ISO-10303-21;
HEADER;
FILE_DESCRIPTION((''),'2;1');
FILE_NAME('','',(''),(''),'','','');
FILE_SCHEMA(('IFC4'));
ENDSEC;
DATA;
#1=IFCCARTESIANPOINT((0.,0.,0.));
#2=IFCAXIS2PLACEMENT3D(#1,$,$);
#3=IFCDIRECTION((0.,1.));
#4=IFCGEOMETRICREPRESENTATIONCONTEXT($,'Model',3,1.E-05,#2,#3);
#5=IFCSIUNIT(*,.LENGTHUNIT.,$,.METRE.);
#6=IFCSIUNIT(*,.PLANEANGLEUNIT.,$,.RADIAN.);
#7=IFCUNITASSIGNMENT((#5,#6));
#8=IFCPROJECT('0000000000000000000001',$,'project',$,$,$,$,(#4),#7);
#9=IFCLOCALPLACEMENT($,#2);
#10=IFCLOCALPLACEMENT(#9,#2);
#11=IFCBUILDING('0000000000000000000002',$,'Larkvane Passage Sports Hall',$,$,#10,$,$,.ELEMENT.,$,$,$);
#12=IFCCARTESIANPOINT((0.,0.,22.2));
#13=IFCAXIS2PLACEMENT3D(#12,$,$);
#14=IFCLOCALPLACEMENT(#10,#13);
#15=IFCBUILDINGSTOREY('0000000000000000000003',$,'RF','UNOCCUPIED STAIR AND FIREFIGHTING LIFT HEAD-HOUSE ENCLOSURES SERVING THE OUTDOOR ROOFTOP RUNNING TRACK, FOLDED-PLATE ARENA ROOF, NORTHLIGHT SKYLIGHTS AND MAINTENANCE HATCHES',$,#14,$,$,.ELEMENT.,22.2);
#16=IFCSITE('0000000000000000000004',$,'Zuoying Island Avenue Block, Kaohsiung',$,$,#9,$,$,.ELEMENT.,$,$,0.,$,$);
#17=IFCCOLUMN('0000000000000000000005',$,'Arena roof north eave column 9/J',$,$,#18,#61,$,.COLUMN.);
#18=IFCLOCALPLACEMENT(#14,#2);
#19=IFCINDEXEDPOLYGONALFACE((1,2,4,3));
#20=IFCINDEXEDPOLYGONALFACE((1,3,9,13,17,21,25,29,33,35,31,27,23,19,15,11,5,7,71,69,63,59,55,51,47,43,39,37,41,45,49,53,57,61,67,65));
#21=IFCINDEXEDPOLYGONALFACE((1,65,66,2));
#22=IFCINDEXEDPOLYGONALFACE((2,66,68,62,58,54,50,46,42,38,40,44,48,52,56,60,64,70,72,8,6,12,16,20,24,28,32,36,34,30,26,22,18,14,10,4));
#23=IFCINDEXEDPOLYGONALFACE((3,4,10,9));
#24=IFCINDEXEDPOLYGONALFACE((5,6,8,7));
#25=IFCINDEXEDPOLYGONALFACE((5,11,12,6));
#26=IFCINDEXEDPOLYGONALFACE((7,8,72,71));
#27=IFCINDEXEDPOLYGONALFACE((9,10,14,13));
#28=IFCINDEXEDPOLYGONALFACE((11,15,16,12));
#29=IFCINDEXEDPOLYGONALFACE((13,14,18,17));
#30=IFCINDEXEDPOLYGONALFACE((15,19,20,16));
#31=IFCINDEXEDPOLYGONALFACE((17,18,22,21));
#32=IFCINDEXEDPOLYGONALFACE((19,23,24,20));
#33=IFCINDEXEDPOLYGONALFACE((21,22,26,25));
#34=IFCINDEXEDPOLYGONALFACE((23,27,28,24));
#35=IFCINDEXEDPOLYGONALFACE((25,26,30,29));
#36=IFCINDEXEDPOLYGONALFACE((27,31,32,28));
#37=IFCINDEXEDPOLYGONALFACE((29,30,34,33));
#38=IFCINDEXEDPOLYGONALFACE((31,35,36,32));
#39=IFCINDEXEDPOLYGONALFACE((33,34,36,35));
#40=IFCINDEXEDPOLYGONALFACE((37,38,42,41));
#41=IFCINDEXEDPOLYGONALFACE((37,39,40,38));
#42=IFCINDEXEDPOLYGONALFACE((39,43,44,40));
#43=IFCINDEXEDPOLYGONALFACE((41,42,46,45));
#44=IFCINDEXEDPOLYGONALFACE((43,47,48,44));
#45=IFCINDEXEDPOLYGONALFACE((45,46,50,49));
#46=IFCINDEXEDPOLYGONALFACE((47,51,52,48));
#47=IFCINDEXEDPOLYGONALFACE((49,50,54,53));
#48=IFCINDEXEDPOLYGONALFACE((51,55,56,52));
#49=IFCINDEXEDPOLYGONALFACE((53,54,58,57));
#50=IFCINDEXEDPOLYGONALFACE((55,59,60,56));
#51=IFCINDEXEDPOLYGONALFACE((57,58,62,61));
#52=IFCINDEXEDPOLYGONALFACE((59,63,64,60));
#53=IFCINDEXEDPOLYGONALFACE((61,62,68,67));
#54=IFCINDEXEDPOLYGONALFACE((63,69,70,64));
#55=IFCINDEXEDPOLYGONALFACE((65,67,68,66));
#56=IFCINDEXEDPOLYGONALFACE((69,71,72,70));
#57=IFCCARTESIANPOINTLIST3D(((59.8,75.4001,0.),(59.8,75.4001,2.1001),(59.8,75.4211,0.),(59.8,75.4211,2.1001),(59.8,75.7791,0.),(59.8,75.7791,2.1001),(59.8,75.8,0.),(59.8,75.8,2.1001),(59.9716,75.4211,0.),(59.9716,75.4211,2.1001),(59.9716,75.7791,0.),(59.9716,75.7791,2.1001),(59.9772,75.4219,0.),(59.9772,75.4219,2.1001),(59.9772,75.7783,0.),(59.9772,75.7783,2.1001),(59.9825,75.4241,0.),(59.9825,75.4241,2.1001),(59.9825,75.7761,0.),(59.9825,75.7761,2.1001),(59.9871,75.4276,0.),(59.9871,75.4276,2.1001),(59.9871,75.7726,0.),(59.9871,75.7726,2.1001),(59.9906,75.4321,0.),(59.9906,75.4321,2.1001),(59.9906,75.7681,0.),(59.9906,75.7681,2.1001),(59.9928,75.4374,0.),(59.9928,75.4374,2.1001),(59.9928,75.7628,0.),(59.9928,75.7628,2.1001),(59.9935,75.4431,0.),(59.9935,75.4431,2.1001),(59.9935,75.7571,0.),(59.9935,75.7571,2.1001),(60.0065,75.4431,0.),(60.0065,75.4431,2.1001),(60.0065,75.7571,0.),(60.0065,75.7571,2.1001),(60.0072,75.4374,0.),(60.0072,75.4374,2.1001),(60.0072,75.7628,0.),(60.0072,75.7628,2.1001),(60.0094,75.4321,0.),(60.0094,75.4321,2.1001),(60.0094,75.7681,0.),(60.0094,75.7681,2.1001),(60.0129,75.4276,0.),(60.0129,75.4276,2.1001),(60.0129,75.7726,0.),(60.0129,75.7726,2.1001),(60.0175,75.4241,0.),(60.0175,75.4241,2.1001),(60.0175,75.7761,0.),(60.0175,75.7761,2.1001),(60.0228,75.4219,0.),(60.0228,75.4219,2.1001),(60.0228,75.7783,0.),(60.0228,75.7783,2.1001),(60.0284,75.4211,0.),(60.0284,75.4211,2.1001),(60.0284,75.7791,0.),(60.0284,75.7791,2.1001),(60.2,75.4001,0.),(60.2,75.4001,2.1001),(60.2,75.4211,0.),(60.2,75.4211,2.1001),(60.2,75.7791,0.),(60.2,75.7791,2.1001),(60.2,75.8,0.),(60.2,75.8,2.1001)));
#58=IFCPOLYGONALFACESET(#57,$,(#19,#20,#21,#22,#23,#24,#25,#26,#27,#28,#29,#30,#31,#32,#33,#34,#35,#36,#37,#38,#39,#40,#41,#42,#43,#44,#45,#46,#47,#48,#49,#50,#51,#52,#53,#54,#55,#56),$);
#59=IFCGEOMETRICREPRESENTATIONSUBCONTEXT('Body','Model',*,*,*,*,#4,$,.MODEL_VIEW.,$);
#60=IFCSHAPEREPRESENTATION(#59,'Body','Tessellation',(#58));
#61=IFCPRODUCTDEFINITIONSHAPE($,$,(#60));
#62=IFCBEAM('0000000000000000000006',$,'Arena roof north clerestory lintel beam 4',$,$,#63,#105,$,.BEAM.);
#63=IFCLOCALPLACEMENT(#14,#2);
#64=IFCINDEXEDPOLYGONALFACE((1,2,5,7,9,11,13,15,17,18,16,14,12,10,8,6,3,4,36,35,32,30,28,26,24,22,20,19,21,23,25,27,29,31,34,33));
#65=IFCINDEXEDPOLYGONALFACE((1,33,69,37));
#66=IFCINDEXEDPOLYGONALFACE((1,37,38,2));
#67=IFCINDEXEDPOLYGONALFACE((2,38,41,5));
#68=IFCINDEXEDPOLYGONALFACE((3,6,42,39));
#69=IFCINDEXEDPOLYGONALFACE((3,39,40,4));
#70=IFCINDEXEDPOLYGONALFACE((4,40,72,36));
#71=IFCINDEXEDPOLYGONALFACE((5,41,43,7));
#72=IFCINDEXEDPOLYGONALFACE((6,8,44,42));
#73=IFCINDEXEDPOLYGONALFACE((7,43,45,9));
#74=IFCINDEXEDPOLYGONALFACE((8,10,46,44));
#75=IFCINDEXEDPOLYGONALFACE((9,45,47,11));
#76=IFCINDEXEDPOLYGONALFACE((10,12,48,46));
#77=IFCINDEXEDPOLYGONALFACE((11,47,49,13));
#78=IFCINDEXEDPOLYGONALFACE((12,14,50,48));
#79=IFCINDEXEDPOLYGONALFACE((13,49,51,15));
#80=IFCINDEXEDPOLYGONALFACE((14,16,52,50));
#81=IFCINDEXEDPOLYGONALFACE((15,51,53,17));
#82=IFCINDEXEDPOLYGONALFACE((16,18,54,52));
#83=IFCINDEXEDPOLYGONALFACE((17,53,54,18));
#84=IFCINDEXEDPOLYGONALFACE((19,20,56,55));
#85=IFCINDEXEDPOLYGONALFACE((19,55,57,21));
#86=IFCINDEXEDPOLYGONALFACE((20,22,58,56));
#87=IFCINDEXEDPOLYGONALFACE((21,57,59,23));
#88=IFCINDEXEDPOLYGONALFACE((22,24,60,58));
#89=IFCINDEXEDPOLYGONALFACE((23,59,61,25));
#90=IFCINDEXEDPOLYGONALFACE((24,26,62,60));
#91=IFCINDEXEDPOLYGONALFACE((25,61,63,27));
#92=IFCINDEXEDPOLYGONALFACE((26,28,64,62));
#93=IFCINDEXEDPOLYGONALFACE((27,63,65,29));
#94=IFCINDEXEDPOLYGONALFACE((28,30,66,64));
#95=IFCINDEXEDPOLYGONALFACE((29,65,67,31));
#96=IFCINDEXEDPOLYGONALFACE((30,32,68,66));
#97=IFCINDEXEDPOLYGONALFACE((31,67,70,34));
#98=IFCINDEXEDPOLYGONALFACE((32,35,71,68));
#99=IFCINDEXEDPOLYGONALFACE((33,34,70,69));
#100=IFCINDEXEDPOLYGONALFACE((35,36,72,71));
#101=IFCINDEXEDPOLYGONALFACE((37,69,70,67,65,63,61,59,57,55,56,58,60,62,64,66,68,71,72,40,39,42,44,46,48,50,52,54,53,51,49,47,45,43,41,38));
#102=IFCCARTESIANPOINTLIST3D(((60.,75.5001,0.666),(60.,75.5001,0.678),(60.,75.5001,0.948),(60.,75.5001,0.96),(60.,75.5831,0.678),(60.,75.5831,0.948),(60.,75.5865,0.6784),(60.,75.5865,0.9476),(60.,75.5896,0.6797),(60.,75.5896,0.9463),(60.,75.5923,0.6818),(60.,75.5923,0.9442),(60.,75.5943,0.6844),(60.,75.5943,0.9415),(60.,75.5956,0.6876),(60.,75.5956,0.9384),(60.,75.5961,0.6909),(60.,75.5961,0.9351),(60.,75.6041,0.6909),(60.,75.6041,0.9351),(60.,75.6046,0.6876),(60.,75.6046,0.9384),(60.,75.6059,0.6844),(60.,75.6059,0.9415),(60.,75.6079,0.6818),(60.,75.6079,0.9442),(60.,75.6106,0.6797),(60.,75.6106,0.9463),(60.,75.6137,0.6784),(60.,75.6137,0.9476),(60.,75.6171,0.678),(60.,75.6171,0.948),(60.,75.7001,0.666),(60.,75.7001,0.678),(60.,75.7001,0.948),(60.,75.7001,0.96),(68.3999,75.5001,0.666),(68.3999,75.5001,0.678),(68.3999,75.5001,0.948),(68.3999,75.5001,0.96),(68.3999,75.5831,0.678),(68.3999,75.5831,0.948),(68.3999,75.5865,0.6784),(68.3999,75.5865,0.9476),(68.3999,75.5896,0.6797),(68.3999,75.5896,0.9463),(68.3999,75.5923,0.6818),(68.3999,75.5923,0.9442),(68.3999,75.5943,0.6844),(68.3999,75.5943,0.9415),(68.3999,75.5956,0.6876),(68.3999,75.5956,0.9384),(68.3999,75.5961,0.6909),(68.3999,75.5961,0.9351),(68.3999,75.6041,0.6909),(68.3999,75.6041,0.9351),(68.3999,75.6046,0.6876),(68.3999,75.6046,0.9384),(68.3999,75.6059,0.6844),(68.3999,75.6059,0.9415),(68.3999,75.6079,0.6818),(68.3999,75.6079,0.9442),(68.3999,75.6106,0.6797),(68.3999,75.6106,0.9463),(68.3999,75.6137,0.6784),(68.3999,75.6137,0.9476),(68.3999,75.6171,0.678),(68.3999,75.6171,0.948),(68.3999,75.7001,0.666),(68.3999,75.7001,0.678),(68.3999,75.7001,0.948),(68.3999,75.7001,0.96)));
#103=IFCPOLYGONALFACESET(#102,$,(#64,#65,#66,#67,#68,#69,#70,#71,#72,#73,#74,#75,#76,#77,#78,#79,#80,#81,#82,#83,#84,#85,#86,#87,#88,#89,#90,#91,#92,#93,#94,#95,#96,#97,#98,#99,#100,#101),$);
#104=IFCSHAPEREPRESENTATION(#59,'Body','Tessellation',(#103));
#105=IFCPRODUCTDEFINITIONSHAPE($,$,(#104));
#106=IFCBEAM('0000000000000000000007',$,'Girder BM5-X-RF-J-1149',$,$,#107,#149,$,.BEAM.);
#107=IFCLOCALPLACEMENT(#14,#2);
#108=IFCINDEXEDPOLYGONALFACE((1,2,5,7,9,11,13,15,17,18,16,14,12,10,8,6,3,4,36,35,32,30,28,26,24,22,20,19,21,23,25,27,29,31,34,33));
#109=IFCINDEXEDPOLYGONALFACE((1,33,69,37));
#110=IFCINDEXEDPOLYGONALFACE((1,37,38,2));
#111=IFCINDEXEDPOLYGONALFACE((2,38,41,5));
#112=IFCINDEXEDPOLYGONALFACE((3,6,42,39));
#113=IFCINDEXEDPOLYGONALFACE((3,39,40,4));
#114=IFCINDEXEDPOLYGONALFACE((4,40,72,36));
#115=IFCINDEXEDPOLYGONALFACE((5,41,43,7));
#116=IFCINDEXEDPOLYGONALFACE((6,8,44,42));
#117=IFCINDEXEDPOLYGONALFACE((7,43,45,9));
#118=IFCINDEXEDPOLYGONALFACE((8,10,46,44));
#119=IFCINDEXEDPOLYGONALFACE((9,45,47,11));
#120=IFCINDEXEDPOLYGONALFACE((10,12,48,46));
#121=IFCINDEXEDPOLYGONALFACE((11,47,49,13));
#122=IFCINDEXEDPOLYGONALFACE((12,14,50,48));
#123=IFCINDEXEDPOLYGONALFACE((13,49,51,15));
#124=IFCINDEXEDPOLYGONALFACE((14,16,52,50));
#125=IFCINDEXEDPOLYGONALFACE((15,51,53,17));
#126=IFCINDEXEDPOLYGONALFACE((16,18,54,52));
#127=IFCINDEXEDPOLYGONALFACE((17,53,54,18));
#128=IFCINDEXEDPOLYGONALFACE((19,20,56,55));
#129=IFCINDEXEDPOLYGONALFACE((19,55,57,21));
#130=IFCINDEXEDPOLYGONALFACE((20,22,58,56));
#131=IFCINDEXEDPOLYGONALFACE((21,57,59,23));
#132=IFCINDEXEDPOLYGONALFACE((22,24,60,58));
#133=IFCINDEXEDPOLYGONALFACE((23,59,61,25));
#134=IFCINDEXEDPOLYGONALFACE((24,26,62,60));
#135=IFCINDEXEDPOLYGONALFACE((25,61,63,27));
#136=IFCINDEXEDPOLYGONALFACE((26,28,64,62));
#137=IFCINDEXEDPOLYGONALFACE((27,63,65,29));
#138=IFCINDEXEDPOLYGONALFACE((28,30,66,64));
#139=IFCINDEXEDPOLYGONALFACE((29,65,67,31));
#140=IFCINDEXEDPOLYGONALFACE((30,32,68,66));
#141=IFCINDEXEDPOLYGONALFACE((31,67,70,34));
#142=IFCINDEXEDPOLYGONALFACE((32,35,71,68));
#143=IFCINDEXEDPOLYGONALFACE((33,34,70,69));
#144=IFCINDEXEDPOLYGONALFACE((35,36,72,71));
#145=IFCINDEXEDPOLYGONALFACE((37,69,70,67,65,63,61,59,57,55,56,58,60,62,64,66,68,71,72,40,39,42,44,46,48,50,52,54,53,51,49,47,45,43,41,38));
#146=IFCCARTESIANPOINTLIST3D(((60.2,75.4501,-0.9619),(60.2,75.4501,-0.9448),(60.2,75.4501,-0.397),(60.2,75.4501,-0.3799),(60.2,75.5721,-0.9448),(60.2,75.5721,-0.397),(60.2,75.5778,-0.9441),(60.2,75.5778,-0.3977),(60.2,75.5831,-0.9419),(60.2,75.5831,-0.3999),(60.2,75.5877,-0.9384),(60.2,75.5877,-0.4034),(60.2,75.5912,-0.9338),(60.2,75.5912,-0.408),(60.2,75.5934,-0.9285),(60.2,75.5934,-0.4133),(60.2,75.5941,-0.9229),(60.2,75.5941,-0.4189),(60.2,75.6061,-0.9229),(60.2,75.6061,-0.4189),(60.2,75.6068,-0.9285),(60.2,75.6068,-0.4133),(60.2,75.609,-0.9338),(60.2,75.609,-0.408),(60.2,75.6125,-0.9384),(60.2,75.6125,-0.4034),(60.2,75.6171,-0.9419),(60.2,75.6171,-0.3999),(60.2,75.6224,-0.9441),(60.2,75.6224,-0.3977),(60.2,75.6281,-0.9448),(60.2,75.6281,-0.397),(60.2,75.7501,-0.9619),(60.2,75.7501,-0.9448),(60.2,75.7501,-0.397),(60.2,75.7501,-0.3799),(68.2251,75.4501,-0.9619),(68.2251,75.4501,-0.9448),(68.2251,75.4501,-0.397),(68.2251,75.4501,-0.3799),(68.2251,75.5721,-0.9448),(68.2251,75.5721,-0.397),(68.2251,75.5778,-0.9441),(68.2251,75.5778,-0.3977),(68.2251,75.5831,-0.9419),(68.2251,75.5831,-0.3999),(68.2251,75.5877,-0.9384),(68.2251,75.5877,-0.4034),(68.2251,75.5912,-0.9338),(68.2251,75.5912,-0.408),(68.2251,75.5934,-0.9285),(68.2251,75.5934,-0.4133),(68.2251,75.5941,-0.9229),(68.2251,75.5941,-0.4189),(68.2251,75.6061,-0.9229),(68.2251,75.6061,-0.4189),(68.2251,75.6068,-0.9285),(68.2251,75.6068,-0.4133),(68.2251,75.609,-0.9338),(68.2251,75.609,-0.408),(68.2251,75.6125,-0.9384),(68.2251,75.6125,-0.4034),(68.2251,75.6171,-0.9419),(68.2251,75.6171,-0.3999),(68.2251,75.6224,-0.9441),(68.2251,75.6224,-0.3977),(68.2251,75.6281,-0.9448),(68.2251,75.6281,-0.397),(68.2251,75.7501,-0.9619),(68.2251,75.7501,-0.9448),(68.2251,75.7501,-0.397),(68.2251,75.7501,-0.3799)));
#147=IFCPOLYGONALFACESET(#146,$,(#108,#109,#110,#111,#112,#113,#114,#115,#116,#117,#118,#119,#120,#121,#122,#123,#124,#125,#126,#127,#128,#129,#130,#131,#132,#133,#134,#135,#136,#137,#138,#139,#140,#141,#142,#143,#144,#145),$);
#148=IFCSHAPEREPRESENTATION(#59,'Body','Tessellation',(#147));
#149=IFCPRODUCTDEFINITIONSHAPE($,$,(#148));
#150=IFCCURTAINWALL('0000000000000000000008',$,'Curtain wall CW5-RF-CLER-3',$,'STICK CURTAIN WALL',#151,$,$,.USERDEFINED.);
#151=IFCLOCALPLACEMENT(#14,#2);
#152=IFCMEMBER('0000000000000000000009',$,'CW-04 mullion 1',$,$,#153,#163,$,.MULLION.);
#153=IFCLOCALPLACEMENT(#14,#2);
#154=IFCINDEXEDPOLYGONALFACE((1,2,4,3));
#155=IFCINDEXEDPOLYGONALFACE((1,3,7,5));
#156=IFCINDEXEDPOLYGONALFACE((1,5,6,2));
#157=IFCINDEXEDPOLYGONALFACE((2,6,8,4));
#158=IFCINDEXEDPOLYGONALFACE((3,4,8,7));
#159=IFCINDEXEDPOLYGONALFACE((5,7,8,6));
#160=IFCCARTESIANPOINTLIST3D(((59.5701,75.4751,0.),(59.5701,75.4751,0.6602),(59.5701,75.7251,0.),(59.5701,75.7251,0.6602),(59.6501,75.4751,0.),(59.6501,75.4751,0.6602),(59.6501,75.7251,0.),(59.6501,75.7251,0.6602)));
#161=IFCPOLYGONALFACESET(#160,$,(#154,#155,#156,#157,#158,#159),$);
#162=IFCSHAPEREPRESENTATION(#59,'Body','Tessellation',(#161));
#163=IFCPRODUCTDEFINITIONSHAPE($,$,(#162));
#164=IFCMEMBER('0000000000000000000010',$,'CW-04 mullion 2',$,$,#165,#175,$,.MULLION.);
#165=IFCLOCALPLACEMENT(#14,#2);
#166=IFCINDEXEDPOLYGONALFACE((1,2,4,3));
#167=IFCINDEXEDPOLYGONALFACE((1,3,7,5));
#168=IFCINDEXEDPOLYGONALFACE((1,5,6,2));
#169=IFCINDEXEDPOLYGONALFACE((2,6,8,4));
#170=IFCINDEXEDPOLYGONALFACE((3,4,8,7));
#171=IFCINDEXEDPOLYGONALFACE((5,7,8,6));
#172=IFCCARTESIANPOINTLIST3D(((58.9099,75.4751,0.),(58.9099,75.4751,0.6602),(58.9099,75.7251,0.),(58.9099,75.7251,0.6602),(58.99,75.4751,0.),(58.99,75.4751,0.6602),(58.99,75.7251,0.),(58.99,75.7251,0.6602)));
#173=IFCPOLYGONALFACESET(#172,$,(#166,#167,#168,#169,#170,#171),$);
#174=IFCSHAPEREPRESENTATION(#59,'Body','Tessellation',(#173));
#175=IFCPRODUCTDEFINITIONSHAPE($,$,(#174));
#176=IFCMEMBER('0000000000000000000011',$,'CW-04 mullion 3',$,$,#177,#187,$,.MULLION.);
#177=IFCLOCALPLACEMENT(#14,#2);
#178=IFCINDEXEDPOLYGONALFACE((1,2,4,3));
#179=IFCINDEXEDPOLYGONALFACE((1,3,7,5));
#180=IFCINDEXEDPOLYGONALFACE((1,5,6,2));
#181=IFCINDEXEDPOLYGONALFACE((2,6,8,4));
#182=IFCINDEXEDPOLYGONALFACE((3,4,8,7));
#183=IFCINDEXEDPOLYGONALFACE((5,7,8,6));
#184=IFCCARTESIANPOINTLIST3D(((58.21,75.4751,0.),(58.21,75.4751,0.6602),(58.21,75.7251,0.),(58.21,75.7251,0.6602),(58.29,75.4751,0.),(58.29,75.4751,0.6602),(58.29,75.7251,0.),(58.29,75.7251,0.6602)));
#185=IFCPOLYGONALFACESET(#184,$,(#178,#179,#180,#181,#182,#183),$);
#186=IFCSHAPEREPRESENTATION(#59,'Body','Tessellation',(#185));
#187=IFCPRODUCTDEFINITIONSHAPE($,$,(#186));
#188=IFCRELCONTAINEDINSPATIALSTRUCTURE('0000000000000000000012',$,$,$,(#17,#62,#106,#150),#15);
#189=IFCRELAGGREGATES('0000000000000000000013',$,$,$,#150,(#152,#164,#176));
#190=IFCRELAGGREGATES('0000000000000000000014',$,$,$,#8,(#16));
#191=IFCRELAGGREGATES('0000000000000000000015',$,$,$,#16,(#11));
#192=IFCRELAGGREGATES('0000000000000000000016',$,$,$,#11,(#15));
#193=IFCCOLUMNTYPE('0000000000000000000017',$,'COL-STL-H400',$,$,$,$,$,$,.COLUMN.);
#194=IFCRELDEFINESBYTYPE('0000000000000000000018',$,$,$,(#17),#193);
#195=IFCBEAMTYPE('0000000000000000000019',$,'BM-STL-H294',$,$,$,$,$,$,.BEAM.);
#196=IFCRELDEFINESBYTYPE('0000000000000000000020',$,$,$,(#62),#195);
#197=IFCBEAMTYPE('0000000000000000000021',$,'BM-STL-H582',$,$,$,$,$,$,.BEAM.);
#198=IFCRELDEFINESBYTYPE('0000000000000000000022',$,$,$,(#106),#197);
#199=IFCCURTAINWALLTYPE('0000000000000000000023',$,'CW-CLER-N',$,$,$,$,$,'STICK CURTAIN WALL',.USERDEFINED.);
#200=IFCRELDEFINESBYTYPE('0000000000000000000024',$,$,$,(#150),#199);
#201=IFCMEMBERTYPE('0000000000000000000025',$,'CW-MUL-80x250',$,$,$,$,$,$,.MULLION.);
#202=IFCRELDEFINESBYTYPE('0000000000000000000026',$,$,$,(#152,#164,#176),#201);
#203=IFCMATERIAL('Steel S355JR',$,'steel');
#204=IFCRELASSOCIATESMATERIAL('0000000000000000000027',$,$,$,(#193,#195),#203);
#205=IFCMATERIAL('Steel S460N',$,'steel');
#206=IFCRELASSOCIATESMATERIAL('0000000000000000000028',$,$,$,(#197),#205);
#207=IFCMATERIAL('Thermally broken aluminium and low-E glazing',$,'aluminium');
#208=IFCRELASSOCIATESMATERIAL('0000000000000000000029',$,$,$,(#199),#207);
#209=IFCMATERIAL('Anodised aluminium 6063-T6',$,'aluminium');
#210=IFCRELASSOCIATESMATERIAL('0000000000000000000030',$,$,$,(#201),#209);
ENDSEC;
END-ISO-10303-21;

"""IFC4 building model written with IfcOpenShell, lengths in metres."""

from ifc_helpers import new_model, si_unit, direction, frame, origin, origin_2d, place, context, subcontext, project, spatial, rectangle, i_section, extrude, material, material_profile, profile_set, type_object, element, aggregate, save


model = new_model("IFC4")

# Units and contexts
model_context = context("Model", 3, precision=1e-05, world=origin(), true_north=direction((0.0, 1.0)))
body_context = subcontext(model_context, "Body", "Model", "MODEL_VIEW")
ifc_project = project(units=[si_unit("LENGTHUNIT", "METRE"), si_unit("PLANEANGLEUNIT", "RADIAN")], contexts=[model_context])

# Site, building, storey
site_placement = place(None, origin())
site = spatial("IfcSite", under=ifc_project, at=site_placement, Name="Zuoying Island Avenue Block, Kaohsiung", CompositionType="ELEMENT", RefElevation=0.0)
building_placement = place(site_placement, origin())
building = spatial("IfcBuilding", under=site, at=building_placement, Name="Larkvane Passage Sports Hall", CompositionType="ELEMENT")
storey_placement = place(building_placement, frame((0.0, 0.0, 22.2)))
storey = spatial("IfcBuildingStorey", under=building, at=storey_placement, Name="RF", Description="UNOCCUPIED STAIR AND FIREFIGHTING LIFT HEAD-HOUSE ENCLOSURES SERVING THE OUTDOOR ROOFTOP RUNNING TRACK, FOLDED-PLATE ARENA ROOF, NORTHLIGHT SKYLIGHTS AND MAINTENANCE HATCHES", CompositionType="ELEMENT", Elevation=22.2)

# Column
ifc_material_1 = material(Name="Steel S355JR", Category="steel")
ifc_material_profile_1 = material_profile(ifc_material_1, i_section(OverallWidth=0.3999, OverallDepth=0.3999, WebThickness=0.0129, FlangeThickness=0.021, FilletRadius=0.022, at=origin_2d()), Name="H-400x400x13x21")
ifc_profile_set_1 = profile_set([ifc_material_profile_1], Name="Steel S355JR")
column_type = type_object("IfcColumnType", Name="COL-STL-H400", PredefinedType="COLUMN", material=ifc_profile_set_1)
column_placement = place(storey_placement, frame((60.0, 75.6001, 0.0), z_axis=(0.0, 0.0, 1.0), x_axis=(1.0, 0.0, 0.0)))
element("IfcColumn", 1, at=column_placement, inside=storey, type_object=column_type, Name="Arena roof north eave column 9/J", PredefinedType="COLUMN", context=body_context, shape_type="SweptSolid", body=[
    extrude(i_section(OverallWidth=0.3999, OverallDepth=0.3999, WebThickness=0.0129, FlangeThickness=0.021, FilletRadius=0.022, at=origin_2d()), origin(), (0.0, 0.0, 1.0), 2.1001),
])

# Beams
ifc_material_profile_2 = material_profile(ifc_material_1, i_section(OverallWidth=0.2, OverallDepth=0.2939, WebThickness=0.0081, FlangeThickness=0.012, FilletRadius=0.0129, at=origin_2d()), Name="H-294x200x8x12")
ifc_profile_set_2 = profile_set([ifc_material_profile_2], Name="Steel S355JR")
beam_type_1 = type_object("IfcBeamType", Name="BM-STL-H294", PredefinedType="BEAM", material=ifc_profile_set_2)
beam_1_placement = place(storey_placement, frame((60.0, 75.6001, 0.813), z_axis=(1.0, 0.0, 0.0), x_axis=(0.0, 1.0, 0.0)))
element("IfcBeam", 2, at=beam_1_placement, inside=storey, type_object=beam_type_1, Name="Arena roof north clerestory lintel beam 4", PredefinedType="BEAM", context=body_context, shape_type="SweptSolid", body=[
    extrude(i_section(OverallWidth=0.2, OverallDepth=0.2939, WebThickness=0.0081, FlangeThickness=0.012, FilletRadius=0.0129, at=origin_2d()), origin(), (0.0, 0.0, 1.0), 8.3999),
])
ifc_material_2 = material(Name="Steel S460N", Category="steel")
ifc_material_profile_3 = material_profile(ifc_material_2, i_section(OverallWidth=0.3, OverallDepth=0.582, WebThickness=0.012, FlangeThickness=0.0171, FilletRadius=0.022, at=origin_2d()), Name="H-582x300x12x17")
ifc_profile_set_3 = profile_set([ifc_material_profile_3], Name="Steel S460N")
beam_type_2 = type_object("IfcBeamType", Name="BM-STL-H582", PredefinedType="BEAM", material=ifc_profile_set_3)
beam_2_placement = place(storey_placement, frame((60.2, 75.6001, -0.6709), z_axis=(1.0, 0.0, 0.0), x_axis=(0.0, 1.0, 0.0)))
element("IfcBeam", 3, at=beam_2_placement, inside=storey, type_object=beam_type_2, Name="Girder BM5-X-RF-J-1149", PredefinedType="BEAM", context=body_context, shape_type="SweptSolid", body=[
    extrude(i_section(OverallWidth=0.3, OverallDepth=0.582, WebThickness=0.012, FlangeThickness=0.0171, FilletRadius=0.022, at=origin_2d()), origin(), (0.0, 0.0, 1.0), 8.0251),
])

# Curtain wall, members
ifc_material_3 = material(Name="Thermally broken aluminium and low-E glazing", Category="aluminium")
curtain_wall_type = type_object("IfcCurtainWallType", Name="CW-CLER-N", ElementType="STICK CURTAIN WALL", PredefinedType="USERDEFINED", material=ifc_material_3)
curtain_wall_1_placement = place(storey_placement, origin())
curtain_wall_1 = element("IfcCurtainWall", 4, at=curtain_wall_1_placement, inside=storey, type_object=curtain_wall_type, Name="Curtain wall CW5-RF-CLER-3", ObjectType="STICK CURTAIN WALL", PredefinedType="USERDEFINED")
ifc_material_4 = material(Name="Anodised aluminium 6063-T6", Category="aluminium")
ifc_material_profile_4 = material_profile(ifc_material_4, rectangle(XDim=0.0801, YDim=0.25, at=origin_2d()), Name="ALU-MUL-80x250")
ifc_profile_set_4 = profile_set([ifc_material_profile_4], Name="Anodised aluminium 6063-T6")
member_type_1 = type_object("IfcMemberType", Name="CW-MUL-80x250", PredefinedType="MULLION", material=ifc_profile_set_4)
member_1_placement = place(storey_placement, frame((59.6101, 75.6001, 0.0), z_axis=(0.0, 0.0, 1.0), x_axis=(-1.0, 0.0, 0.0)))
member_1 = element("IfcMember", 5, at=member_1_placement, type_object=member_type_1, Name="CW-04 mullion 1", PredefinedType="MULLION", context=body_context, shape_type="SweptSolid", body=[
    extrude(rectangle(XDim=0.0801, YDim=0.25, at=origin_2d()), origin(), (0.0, 0.0, 1.0), 0.6602),
])
member_2_placement = place(storey_placement, frame((58.95, 75.6001, 0.0), z_axis=(0.0, 0.0, 1.0), x_axis=(-1.0, 0.0, 0.0)))
member_2 = element("IfcMember", 6, at=member_2_placement, type_object=member_type_1, Name="CW-04 mullion 2", PredefinedType="MULLION", context=body_context, shape_type="SweptSolid", body=[
    extrude(rectangle(XDim=0.0801, YDim=0.25, at=origin_2d()), origin(), (0.0, 0.0, 1.0), 0.6602),
])
member_3_placement = place(storey_placement, frame((58.25, 75.6001, 0.0), z_axis=(0.0, 0.0, 1.0), x_axis=(-1.0, 0.0, 0.0)))
member_3 = element("IfcMember", 7, at=member_3_placement, type_object=member_type_1, Name="CW-04 mullion 3", PredefinedType="MULLION", context=body_context, shape_type="SweptSolid", body=[
    extrude(rectangle(XDim=0.0801, YDim=0.25, at=origin_2d()), origin(), (0.0, 0.0, 1.0), 0.6602),
])

aggregate(curtain_wall_1, [member_1, member_2, member_3])

save(model, "model.ifc")
